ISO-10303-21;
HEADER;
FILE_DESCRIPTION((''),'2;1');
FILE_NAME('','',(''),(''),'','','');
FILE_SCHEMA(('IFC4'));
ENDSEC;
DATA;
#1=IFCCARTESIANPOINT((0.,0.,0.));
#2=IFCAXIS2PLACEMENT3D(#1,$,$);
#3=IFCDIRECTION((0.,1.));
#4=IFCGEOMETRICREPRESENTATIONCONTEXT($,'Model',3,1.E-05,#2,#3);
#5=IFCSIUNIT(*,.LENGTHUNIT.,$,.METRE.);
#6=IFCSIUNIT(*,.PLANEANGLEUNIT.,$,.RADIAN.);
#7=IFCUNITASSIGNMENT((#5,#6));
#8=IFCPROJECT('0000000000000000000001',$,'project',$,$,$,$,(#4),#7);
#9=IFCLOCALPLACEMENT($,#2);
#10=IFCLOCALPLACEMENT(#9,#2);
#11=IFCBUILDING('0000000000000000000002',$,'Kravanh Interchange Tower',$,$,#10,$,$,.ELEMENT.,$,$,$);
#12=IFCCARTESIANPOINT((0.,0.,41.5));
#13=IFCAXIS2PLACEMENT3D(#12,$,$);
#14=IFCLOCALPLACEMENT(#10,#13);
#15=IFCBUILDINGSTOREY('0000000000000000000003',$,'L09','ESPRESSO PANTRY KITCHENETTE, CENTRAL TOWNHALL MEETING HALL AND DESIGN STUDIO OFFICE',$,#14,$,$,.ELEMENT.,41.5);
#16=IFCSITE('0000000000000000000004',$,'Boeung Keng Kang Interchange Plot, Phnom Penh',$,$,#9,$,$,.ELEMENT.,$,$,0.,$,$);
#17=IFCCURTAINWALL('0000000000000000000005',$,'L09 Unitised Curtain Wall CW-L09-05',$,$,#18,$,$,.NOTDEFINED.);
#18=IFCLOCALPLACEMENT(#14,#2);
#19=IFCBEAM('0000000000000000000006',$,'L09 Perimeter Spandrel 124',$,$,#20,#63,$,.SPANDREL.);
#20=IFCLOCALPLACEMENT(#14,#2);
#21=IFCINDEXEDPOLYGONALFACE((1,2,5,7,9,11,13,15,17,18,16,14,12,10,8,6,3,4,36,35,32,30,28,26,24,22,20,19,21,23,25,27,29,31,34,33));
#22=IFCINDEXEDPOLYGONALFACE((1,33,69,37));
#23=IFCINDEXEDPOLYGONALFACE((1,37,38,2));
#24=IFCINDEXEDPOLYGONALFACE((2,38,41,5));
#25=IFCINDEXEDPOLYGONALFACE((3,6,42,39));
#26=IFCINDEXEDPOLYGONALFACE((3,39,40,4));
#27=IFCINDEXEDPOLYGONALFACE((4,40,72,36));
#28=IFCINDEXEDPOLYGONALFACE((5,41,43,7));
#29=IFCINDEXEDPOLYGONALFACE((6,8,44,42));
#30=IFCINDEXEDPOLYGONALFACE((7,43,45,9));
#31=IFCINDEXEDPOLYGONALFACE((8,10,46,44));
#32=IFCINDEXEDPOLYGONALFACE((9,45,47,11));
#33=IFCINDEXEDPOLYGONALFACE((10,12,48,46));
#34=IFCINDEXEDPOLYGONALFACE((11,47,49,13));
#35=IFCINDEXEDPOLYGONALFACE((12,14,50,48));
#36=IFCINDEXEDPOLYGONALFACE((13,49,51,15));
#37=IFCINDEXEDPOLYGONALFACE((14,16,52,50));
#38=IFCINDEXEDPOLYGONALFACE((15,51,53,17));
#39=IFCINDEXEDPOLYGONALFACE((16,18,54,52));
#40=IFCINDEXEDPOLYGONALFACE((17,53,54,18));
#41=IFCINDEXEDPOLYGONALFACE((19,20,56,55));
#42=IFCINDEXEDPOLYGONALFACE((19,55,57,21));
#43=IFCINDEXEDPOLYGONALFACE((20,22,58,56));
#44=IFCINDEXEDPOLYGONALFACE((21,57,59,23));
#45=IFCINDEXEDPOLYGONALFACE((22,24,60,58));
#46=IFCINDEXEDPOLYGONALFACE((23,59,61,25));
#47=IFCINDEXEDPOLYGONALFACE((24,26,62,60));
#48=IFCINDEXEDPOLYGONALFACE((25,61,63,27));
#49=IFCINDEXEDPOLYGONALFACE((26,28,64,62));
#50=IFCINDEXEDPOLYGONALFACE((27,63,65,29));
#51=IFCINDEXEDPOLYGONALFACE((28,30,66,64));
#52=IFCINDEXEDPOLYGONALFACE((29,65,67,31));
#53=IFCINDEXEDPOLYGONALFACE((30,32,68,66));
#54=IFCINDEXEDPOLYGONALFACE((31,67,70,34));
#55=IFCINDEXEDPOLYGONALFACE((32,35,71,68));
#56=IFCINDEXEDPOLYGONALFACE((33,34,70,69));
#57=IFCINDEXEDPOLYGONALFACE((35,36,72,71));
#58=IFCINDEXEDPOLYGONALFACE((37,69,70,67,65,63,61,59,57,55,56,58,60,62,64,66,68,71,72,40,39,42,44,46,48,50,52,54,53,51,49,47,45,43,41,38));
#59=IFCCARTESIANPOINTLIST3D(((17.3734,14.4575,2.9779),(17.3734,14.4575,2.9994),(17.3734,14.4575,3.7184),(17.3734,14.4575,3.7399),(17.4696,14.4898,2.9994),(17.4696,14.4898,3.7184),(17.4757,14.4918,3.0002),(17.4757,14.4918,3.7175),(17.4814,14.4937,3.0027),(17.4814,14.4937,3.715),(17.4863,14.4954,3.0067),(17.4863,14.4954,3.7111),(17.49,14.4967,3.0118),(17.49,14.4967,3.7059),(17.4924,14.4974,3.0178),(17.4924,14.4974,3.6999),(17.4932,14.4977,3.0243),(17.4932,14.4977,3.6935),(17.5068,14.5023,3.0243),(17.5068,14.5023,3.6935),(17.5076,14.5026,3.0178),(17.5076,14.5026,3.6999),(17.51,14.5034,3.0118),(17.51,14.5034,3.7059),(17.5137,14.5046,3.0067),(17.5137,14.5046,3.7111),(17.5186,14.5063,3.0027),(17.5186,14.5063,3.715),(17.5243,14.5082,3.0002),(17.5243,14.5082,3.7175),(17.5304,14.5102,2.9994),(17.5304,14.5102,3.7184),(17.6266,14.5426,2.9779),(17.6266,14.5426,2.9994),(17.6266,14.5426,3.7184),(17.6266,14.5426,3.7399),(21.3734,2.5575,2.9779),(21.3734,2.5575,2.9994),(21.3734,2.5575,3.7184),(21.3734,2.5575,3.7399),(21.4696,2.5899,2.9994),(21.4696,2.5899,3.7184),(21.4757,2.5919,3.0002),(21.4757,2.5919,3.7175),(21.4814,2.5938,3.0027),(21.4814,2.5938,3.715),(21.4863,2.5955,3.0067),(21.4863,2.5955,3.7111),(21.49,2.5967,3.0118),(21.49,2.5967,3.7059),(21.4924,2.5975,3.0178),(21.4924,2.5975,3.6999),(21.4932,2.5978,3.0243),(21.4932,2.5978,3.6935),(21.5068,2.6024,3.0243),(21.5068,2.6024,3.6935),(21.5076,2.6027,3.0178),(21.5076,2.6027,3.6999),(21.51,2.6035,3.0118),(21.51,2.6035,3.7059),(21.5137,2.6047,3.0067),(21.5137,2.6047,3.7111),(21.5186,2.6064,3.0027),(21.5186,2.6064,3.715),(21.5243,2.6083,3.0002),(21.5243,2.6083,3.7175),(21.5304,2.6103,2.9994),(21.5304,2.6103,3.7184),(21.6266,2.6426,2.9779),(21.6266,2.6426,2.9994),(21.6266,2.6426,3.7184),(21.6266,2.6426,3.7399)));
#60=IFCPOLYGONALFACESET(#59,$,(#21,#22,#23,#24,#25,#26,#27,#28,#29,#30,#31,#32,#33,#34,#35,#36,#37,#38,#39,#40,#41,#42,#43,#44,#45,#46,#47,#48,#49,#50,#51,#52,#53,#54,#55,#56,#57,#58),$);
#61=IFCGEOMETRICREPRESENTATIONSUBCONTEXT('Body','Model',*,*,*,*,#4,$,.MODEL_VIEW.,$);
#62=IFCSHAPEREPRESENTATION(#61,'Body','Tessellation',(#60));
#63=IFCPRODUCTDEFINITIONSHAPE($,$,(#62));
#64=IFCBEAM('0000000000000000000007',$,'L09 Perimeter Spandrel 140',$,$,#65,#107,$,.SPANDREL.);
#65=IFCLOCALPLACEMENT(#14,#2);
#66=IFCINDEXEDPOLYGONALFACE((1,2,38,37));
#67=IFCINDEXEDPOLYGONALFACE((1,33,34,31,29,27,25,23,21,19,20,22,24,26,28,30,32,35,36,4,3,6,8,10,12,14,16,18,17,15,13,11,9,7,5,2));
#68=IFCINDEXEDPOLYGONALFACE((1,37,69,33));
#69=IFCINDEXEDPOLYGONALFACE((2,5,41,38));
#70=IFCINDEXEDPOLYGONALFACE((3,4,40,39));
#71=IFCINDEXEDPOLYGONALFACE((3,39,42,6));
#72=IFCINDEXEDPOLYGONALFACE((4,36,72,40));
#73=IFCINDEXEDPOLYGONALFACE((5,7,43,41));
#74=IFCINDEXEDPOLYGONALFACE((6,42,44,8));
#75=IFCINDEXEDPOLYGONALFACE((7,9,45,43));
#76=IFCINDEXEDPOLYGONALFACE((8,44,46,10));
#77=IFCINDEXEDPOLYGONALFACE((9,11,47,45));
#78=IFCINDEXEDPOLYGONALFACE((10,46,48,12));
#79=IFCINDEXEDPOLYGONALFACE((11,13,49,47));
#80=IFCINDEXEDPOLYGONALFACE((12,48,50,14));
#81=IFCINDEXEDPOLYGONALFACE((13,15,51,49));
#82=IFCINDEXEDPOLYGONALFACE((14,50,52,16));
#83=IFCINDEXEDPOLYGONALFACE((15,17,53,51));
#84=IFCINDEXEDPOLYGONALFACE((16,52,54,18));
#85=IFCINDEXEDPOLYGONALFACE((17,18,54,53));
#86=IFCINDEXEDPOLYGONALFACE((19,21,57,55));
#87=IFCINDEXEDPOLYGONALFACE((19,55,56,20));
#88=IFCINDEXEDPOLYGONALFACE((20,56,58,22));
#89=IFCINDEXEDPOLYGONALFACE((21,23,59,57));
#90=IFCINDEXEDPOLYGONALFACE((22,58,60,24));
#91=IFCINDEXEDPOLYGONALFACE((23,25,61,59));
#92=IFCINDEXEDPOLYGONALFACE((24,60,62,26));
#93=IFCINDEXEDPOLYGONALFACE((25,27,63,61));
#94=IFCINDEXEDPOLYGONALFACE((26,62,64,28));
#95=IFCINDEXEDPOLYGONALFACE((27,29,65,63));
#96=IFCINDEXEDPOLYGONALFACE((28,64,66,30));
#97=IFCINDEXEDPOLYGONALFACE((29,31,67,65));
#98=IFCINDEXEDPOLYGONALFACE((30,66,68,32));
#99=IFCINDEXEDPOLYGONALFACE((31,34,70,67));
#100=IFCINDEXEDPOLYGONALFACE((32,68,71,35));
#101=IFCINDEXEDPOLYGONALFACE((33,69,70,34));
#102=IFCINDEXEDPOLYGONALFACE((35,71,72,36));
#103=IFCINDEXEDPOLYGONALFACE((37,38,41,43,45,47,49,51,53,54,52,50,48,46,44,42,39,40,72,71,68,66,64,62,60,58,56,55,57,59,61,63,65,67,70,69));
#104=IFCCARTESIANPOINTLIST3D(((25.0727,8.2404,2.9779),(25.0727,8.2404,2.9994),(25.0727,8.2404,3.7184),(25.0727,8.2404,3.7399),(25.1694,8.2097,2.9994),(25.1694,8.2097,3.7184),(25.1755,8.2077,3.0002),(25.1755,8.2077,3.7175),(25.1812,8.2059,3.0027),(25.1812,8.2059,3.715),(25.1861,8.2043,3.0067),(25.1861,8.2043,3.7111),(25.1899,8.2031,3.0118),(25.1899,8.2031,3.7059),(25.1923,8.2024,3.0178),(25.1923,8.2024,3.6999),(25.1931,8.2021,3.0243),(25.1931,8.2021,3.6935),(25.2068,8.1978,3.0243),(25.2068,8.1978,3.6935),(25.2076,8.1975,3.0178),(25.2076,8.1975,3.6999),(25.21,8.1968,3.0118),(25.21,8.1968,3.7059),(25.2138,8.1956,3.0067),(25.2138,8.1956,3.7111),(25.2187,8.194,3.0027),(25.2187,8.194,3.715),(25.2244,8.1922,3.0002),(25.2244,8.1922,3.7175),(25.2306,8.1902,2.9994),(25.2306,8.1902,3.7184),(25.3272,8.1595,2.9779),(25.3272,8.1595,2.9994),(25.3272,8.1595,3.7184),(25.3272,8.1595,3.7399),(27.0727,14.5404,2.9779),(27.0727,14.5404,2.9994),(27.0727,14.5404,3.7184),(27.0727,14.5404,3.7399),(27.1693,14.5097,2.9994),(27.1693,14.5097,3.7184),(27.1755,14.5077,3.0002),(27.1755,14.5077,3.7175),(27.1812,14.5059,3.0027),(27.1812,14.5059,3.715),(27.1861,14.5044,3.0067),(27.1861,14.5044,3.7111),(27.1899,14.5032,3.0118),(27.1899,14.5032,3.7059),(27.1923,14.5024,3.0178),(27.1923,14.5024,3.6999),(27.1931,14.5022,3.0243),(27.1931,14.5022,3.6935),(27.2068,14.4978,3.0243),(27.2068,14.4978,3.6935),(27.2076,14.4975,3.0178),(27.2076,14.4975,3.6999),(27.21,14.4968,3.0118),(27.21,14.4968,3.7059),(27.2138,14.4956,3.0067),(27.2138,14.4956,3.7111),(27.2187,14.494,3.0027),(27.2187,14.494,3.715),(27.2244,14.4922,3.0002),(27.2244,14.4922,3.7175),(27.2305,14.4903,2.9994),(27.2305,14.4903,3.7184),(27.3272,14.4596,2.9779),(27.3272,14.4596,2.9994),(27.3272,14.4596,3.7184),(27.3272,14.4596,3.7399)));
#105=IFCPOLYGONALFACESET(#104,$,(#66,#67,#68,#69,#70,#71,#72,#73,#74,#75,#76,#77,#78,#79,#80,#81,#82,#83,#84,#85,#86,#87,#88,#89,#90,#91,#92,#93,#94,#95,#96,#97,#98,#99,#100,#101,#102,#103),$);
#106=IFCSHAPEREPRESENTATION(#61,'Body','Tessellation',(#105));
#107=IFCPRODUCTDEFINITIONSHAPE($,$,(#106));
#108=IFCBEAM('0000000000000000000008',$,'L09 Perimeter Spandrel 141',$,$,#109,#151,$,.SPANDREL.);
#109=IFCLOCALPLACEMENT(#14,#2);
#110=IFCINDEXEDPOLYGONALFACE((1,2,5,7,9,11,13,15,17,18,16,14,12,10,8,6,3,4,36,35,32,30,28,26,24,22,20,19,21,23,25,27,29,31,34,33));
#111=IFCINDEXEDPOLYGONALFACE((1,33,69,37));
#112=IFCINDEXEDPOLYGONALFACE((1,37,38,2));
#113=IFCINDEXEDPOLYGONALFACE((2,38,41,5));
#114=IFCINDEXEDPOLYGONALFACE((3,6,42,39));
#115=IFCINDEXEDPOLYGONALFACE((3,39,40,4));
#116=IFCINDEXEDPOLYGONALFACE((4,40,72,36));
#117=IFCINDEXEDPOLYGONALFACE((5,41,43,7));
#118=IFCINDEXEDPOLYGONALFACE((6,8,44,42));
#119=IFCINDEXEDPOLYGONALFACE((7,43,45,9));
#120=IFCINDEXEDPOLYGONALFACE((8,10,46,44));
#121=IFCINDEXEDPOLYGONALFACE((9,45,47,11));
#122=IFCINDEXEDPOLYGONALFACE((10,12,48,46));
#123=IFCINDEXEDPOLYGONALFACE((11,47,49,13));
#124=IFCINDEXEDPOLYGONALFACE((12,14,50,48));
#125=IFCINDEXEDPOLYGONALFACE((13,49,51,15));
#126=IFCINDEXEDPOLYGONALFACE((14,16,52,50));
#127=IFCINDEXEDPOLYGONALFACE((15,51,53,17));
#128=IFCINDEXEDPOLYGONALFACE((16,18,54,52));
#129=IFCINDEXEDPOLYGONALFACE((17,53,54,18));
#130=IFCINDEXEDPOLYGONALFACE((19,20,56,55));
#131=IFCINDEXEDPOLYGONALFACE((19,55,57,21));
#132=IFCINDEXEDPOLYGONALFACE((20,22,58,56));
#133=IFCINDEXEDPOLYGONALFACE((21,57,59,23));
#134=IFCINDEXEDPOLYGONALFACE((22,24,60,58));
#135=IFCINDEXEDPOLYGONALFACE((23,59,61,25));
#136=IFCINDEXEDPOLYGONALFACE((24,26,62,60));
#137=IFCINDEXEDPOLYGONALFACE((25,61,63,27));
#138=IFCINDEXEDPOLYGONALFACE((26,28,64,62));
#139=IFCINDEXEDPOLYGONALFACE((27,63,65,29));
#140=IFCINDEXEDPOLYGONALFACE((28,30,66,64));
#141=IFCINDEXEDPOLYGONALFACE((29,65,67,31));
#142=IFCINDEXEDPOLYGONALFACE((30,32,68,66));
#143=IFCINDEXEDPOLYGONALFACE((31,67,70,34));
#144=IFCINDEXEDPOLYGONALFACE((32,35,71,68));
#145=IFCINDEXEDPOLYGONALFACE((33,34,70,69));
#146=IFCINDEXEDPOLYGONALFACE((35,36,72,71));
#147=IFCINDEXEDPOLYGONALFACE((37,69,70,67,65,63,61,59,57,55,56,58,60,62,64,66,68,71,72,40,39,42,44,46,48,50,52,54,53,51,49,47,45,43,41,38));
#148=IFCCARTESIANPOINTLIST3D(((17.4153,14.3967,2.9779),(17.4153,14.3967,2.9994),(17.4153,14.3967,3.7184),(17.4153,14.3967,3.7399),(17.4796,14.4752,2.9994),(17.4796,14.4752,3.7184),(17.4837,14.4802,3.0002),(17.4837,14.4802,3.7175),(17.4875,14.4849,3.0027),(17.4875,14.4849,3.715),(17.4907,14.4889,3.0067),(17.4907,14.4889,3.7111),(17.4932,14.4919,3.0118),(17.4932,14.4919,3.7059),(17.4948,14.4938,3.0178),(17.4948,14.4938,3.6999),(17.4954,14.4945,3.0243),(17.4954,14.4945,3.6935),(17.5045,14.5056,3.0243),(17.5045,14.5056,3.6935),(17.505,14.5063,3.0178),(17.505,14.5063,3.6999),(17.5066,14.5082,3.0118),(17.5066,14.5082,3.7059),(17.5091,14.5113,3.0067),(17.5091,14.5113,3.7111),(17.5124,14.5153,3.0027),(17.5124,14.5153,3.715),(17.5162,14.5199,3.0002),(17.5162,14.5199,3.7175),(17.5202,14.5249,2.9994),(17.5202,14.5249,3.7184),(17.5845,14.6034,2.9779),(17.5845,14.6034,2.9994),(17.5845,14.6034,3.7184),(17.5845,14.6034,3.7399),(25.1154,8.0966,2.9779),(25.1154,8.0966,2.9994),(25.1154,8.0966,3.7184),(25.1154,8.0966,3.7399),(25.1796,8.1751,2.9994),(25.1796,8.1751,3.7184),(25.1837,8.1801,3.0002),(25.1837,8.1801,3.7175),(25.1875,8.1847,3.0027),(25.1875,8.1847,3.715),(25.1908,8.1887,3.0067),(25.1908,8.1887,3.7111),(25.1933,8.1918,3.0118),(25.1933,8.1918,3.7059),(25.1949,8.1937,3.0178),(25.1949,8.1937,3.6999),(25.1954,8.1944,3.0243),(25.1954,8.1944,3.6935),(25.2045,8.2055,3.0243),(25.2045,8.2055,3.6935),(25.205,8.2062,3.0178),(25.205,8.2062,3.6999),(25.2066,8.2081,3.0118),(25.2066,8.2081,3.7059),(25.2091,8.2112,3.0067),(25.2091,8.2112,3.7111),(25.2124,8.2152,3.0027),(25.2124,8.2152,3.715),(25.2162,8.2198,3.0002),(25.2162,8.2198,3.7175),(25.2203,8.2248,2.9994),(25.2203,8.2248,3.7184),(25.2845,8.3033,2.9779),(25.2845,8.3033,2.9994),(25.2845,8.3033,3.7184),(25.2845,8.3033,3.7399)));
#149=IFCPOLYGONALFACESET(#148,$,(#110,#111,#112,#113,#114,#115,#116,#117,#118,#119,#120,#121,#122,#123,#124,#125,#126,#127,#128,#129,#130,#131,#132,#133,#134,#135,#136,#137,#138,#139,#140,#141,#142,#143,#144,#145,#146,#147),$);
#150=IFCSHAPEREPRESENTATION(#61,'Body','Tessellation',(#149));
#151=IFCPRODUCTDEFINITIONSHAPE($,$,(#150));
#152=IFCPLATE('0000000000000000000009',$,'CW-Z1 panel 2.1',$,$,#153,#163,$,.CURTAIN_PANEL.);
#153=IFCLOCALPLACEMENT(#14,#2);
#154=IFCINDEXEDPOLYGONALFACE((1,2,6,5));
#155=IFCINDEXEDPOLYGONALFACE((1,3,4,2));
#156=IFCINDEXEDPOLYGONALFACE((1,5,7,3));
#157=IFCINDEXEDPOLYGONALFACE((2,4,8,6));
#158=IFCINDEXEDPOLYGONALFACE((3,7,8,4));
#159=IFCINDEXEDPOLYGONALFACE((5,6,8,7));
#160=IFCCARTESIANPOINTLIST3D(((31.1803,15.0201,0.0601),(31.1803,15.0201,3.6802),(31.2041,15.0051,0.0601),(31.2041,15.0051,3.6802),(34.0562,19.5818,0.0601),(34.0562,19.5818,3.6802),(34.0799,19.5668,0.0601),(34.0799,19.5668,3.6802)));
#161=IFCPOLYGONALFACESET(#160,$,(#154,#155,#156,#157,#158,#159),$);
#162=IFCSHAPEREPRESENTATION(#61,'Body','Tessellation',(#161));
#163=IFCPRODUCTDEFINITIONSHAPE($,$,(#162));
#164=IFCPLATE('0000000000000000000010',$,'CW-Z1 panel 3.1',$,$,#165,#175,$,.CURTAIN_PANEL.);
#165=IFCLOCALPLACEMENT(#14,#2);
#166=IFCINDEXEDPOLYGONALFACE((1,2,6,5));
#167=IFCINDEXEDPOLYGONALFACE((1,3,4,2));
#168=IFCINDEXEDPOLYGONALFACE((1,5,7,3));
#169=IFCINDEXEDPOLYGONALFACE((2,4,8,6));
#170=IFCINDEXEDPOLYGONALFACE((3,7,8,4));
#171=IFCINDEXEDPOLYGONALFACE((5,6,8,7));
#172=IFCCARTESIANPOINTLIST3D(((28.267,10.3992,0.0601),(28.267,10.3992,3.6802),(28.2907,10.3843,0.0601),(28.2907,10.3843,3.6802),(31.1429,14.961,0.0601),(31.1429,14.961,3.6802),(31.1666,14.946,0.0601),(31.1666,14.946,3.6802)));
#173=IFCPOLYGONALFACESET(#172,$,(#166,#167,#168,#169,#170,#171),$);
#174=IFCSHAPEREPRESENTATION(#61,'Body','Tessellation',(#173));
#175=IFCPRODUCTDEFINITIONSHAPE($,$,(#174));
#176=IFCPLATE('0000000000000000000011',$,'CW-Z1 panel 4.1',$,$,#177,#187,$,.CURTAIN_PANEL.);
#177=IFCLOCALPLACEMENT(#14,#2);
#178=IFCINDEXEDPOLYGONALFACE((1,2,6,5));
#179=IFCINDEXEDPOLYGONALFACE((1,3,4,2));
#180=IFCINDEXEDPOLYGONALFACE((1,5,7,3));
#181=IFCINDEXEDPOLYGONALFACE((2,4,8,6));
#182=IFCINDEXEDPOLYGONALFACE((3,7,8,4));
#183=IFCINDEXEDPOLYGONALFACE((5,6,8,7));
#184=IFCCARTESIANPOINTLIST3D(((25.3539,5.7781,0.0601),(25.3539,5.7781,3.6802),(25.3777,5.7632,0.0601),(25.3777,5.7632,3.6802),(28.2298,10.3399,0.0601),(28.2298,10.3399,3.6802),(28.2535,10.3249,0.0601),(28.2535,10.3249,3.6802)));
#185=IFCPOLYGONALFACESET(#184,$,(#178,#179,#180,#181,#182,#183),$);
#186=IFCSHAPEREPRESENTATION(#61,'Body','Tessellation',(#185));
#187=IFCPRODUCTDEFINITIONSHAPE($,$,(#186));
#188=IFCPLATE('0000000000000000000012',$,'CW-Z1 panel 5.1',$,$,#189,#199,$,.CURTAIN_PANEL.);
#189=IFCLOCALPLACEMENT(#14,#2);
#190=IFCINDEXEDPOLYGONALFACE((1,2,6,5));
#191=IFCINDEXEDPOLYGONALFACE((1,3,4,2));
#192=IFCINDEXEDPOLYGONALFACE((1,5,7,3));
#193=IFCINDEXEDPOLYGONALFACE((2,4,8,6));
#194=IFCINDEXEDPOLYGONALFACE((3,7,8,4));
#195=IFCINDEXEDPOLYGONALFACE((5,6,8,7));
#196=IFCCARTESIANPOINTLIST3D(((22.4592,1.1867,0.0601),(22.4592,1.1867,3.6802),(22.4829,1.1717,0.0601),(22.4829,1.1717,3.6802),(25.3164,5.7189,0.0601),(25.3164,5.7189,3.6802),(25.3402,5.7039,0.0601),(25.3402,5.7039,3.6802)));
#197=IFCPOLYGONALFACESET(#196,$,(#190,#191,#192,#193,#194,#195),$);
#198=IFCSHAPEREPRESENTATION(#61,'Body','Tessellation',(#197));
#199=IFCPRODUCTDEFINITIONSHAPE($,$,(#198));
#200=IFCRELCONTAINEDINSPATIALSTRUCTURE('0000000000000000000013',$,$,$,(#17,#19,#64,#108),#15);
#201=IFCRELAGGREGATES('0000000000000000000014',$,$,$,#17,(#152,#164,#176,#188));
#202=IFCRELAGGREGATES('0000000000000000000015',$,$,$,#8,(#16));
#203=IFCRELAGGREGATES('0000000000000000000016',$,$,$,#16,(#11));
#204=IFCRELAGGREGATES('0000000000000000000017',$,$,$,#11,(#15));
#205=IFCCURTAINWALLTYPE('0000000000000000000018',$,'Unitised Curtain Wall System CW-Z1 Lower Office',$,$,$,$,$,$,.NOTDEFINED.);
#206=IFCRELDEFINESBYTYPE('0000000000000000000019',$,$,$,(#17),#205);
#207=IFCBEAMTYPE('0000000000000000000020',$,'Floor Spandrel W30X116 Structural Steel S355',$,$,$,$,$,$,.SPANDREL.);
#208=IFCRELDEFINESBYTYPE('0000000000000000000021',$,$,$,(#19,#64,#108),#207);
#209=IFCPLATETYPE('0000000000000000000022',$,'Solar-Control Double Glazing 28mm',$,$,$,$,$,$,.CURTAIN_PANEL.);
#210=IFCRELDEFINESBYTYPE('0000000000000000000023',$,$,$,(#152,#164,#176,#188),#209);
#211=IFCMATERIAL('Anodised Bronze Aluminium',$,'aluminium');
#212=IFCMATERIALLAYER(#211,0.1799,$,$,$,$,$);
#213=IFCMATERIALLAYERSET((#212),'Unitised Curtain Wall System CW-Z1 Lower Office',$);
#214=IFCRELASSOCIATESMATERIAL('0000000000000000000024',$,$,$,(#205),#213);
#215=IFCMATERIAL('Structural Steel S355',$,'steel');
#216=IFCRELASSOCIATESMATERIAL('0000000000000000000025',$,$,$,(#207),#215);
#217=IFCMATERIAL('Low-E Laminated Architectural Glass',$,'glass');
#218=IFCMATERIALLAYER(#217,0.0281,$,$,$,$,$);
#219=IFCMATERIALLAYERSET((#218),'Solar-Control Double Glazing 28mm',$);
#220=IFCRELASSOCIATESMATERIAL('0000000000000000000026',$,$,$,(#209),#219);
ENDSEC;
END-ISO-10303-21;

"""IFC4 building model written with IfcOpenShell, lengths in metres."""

from ifc_helpers import new_model, si_unit, direction, frame, origin, origin_2d, place, context, subcontext, project, spatial, rectangle, i_section, extrude, material, layer, layer_set, material_profile, profile_set, type_object, element, aggregate, save


model = new_model("IFC4")

# Units and contexts
model_context = context("Model", 3, precision=1e-05, world=origin(), true_north=direction((0.0, 1.0)))
body_context = subcontext(model_context, "Body", "Model", "MODEL_VIEW")
ifc_project = project(units=[si_unit("LENGTHUNIT", "METRE"), si_unit("PLANEANGLEUNIT", "RADIAN")], contexts=[model_context])

# Site, building, storey
site_placement = place(None, origin())
site = spatial("IfcSite", under=ifc_project, at=site_placement, Name="Boeung Keng Kang Interchange Plot, Phnom Penh", CompositionType="ELEMENT", RefElevation=0.0)
building_placement = place(site_placement, origin())
building = spatial("IfcBuilding", under=site, at=building_placement, Name="Kravanh Interchange Tower", CompositionType="ELEMENT")
storey_placement = place(building_placement, frame((0.0, 0.0, 41.5)))
storey = spatial("IfcBuildingStorey", under=building, at=storey_placement, Name="L09", Description="ESPRESSO PANTRY KITCHENETTE, CENTRAL TOWNHALL MEETING HALL AND DESIGN STUDIO OFFICE", CompositionType="ELEMENT", Elevation=41.5)

# Curtain wall
ifc_material_1 = material(Name="Anodised Bronze Aluminium", Category="aluminium")
ifc_layer_1 = layer(ifc_material_1, 0.1799)
ifc_layer_set_1 = layer_set([ifc_layer_1], Name="Unitised Curtain Wall System CW-Z1 Lower Office")
curtain_wall_type = type_object("IfcCurtainWallType", Name="Unitised Curtain Wall System CW-Z1 Lower Office", PredefinedType="NOTDEFINED", material=ifc_layer_set_1)
curtain_wall_1_placement = place(storey_placement, origin())
curtain_wall_1 = element("IfcCurtainWall", 1, at=curtain_wall_1_placement, inside=storey, type_object=curtain_wall_type, Name="L09 Unitised Curtain Wall CW-L09-05", PredefinedType="NOTDEFINED")

# Beams
ifc_material_2 = material(Name="Structural Steel S355", Category="steel")
ifc_material_profile_1 = material_profile(ifc_material_2, i_section(OverallWidth=0.2671, OverallDepth=0.762, WebThickness=0.0144, FlangeThickness=0.0215, FilletRadius=0.0249, at=origin_2d()), Name="W30X116")
ifc_profile_set_1 = profile_set([ifc_material_profile_1], Name="Structural Steel S355")
beam_type_1 = type_object("IfcBeamType", Name="Floor Spandrel W30X116 Structural Steel S355", PredefinedType="SPANDREL", material=ifc_profile_set_1)
beam_1_placement = place(storey_placement, frame((21.5, 2.6001, 3.3589), z_axis=(-0.318619, 0.947883, 0.0), x_axis=(-0.947883, -0.318619, 0.0)))
element("IfcBeam", 2, at=beam_1_placement, inside=storey, type_object=beam_type_1, Name="L09 Perimeter Spandrel 124", PredefinedType="SPANDREL", context=body_context, shape_type="SweptSolid", body=[
    extrude(i_section(OverallWidth=0.2671, OverallDepth=0.762, WebThickness=0.0144, FlangeThickness=0.0215, FilletRadius=0.0249, at=origin_2d()), origin(), (0.0, 0.0, 1.0), 12.5542),
])
beam_2_placement = place(storey_placement, frame((25.2, 8.2, 3.3589), z_axis=(0.302577, 0.953125, 0.0), x_axis=(-0.953125, 0.302577, 0.0)))
element("IfcBeam", 3, at=beam_2_placement, inside=storey, type_object=beam_type_1, Name="L09 Perimeter Spandrel 140", PredefinedType="SPANDREL", context=body_context, shape_type="SweptSolid", body=[
    extrude(i_section(OverallWidth=0.2671, OverallDepth=0.762, WebThickness=0.0144, FlangeThickness=0.0215, FilletRadius=0.0249, at=origin_2d()), origin(), (0.0, 0.0, 1.0), 6.6099),
])
beam_3_placement = place(storey_placement, frame((25.2, 8.2, 3.3589), z_axis=(-0.773953, 0.633243, 0.0), x_axis=(-0.633243, -0.773953, 0.0)))
element("IfcBeam", 4, at=beam_3_placement, inside=storey, type_object=beam_type_1, Name="L09 Perimeter Spandrel 141", PredefinedType="SPANDREL", context=body_context, shape_type="SweptSolid", body=[
    extrude(i_section(OverallWidth=0.2671, OverallDepth=0.762, WebThickness=0.0144, FlangeThickness=0.0215, FilletRadius=0.0249, at=origin_2d()), origin(), (0.0, 0.0, 1.0), 9.949),
])

# Plates
ifc_material_3 = material(Name="Low-E Laminated Architectural Glass", Category="glass")
ifc_layer_2 = layer(ifc_material_3, 0.0281)
ifc_layer_set_2 = layer_set([ifc_layer_2], Name="Solar-Control Double Glazing 28mm")
plate_type = type_object("IfcPlateType", Name="Solar-Control Double Glazing 28mm", PredefinedType="CURTAIN_PANEL", material=ifc_layer_set_2)
plate_1_placement = place(storey_placement, frame((32.6301, 17.2935, 0.0601), z_axis=(0.0, 0.0, 1.0), x_axis=(-0.533301, -0.845926, 0.0)))
plate_1 = element("IfcPlate", 5, at=plate_1_placement, type_object=plate_type, Name="CW-Z1 panel 2.1", PredefinedType="CURTAIN_PANEL", context=body_context, shape_type="SweptSolid", body=[
    extrude(rectangle(XDim=5.3926, YDim=0.0281, at=origin_2d()), origin(), (0.0, 0.0, 1.0), 3.6201),
])
plate_2_placement = place(storey_placement, frame((29.7168, 12.6726, 0.0601), z_axis=(0.0, 0.0, 1.0), x_axis=(-0.533301, -0.845926, 0.0)))
plate_2 = element("IfcPlate", 6, at=plate_2_placement, type_object=plate_type, Name="CW-Z1 panel 3.1", PredefinedType="CURTAIN_PANEL", context=body_context, shape_type="SweptSolid", body=[
    extrude(rectangle(XDim=5.3926, YDim=0.0281, at=origin_2d()), origin(), (0.0, 0.0, 1.0), 3.6201),
])
plate_3_placement = place(storey_placement, frame((26.8037, 8.0515, 0.0601), z_axis=(0.0, 0.0, 1.0), x_axis=(-0.533301, -0.845926, 0.0)))
plate_3 = element("IfcPlate", 7, at=plate_3_placement, type_object=plate_type, Name="CW-Z1 panel 4.1", PredefinedType="CURTAIN_PANEL", context=body_context, shape_type="SweptSolid", body=[
    extrude(rectangle(XDim=5.3926, YDim=0.0281, at=origin_2d()), origin(), (0.0, 0.0, 1.0), 3.6201),
])
plate_4_placement = place(storey_placement, frame((23.8997, 3.4453, 0.0601), z_axis=(0.0, 0.0, 1.0), x_axis=(-0.533301, -0.845926, 0.0)))
plate_4 = element("IfcPlate", 8, at=plate_4_placement, type_object=plate_type, Name="CW-Z1 panel 5.1", PredefinedType="CURTAIN_PANEL", context=body_context, shape_type="SweptSolid", body=[
    extrude(rectangle(XDim=5.3577, YDim=0.0281, at=origin_2d()), origin(), (0.0, 0.0, 1.0), 3.6201),
])
aggregate(curtain_wall_1, [plate_1, plate_2, plate_3, plate_4])

save(model, "model.ifc")
